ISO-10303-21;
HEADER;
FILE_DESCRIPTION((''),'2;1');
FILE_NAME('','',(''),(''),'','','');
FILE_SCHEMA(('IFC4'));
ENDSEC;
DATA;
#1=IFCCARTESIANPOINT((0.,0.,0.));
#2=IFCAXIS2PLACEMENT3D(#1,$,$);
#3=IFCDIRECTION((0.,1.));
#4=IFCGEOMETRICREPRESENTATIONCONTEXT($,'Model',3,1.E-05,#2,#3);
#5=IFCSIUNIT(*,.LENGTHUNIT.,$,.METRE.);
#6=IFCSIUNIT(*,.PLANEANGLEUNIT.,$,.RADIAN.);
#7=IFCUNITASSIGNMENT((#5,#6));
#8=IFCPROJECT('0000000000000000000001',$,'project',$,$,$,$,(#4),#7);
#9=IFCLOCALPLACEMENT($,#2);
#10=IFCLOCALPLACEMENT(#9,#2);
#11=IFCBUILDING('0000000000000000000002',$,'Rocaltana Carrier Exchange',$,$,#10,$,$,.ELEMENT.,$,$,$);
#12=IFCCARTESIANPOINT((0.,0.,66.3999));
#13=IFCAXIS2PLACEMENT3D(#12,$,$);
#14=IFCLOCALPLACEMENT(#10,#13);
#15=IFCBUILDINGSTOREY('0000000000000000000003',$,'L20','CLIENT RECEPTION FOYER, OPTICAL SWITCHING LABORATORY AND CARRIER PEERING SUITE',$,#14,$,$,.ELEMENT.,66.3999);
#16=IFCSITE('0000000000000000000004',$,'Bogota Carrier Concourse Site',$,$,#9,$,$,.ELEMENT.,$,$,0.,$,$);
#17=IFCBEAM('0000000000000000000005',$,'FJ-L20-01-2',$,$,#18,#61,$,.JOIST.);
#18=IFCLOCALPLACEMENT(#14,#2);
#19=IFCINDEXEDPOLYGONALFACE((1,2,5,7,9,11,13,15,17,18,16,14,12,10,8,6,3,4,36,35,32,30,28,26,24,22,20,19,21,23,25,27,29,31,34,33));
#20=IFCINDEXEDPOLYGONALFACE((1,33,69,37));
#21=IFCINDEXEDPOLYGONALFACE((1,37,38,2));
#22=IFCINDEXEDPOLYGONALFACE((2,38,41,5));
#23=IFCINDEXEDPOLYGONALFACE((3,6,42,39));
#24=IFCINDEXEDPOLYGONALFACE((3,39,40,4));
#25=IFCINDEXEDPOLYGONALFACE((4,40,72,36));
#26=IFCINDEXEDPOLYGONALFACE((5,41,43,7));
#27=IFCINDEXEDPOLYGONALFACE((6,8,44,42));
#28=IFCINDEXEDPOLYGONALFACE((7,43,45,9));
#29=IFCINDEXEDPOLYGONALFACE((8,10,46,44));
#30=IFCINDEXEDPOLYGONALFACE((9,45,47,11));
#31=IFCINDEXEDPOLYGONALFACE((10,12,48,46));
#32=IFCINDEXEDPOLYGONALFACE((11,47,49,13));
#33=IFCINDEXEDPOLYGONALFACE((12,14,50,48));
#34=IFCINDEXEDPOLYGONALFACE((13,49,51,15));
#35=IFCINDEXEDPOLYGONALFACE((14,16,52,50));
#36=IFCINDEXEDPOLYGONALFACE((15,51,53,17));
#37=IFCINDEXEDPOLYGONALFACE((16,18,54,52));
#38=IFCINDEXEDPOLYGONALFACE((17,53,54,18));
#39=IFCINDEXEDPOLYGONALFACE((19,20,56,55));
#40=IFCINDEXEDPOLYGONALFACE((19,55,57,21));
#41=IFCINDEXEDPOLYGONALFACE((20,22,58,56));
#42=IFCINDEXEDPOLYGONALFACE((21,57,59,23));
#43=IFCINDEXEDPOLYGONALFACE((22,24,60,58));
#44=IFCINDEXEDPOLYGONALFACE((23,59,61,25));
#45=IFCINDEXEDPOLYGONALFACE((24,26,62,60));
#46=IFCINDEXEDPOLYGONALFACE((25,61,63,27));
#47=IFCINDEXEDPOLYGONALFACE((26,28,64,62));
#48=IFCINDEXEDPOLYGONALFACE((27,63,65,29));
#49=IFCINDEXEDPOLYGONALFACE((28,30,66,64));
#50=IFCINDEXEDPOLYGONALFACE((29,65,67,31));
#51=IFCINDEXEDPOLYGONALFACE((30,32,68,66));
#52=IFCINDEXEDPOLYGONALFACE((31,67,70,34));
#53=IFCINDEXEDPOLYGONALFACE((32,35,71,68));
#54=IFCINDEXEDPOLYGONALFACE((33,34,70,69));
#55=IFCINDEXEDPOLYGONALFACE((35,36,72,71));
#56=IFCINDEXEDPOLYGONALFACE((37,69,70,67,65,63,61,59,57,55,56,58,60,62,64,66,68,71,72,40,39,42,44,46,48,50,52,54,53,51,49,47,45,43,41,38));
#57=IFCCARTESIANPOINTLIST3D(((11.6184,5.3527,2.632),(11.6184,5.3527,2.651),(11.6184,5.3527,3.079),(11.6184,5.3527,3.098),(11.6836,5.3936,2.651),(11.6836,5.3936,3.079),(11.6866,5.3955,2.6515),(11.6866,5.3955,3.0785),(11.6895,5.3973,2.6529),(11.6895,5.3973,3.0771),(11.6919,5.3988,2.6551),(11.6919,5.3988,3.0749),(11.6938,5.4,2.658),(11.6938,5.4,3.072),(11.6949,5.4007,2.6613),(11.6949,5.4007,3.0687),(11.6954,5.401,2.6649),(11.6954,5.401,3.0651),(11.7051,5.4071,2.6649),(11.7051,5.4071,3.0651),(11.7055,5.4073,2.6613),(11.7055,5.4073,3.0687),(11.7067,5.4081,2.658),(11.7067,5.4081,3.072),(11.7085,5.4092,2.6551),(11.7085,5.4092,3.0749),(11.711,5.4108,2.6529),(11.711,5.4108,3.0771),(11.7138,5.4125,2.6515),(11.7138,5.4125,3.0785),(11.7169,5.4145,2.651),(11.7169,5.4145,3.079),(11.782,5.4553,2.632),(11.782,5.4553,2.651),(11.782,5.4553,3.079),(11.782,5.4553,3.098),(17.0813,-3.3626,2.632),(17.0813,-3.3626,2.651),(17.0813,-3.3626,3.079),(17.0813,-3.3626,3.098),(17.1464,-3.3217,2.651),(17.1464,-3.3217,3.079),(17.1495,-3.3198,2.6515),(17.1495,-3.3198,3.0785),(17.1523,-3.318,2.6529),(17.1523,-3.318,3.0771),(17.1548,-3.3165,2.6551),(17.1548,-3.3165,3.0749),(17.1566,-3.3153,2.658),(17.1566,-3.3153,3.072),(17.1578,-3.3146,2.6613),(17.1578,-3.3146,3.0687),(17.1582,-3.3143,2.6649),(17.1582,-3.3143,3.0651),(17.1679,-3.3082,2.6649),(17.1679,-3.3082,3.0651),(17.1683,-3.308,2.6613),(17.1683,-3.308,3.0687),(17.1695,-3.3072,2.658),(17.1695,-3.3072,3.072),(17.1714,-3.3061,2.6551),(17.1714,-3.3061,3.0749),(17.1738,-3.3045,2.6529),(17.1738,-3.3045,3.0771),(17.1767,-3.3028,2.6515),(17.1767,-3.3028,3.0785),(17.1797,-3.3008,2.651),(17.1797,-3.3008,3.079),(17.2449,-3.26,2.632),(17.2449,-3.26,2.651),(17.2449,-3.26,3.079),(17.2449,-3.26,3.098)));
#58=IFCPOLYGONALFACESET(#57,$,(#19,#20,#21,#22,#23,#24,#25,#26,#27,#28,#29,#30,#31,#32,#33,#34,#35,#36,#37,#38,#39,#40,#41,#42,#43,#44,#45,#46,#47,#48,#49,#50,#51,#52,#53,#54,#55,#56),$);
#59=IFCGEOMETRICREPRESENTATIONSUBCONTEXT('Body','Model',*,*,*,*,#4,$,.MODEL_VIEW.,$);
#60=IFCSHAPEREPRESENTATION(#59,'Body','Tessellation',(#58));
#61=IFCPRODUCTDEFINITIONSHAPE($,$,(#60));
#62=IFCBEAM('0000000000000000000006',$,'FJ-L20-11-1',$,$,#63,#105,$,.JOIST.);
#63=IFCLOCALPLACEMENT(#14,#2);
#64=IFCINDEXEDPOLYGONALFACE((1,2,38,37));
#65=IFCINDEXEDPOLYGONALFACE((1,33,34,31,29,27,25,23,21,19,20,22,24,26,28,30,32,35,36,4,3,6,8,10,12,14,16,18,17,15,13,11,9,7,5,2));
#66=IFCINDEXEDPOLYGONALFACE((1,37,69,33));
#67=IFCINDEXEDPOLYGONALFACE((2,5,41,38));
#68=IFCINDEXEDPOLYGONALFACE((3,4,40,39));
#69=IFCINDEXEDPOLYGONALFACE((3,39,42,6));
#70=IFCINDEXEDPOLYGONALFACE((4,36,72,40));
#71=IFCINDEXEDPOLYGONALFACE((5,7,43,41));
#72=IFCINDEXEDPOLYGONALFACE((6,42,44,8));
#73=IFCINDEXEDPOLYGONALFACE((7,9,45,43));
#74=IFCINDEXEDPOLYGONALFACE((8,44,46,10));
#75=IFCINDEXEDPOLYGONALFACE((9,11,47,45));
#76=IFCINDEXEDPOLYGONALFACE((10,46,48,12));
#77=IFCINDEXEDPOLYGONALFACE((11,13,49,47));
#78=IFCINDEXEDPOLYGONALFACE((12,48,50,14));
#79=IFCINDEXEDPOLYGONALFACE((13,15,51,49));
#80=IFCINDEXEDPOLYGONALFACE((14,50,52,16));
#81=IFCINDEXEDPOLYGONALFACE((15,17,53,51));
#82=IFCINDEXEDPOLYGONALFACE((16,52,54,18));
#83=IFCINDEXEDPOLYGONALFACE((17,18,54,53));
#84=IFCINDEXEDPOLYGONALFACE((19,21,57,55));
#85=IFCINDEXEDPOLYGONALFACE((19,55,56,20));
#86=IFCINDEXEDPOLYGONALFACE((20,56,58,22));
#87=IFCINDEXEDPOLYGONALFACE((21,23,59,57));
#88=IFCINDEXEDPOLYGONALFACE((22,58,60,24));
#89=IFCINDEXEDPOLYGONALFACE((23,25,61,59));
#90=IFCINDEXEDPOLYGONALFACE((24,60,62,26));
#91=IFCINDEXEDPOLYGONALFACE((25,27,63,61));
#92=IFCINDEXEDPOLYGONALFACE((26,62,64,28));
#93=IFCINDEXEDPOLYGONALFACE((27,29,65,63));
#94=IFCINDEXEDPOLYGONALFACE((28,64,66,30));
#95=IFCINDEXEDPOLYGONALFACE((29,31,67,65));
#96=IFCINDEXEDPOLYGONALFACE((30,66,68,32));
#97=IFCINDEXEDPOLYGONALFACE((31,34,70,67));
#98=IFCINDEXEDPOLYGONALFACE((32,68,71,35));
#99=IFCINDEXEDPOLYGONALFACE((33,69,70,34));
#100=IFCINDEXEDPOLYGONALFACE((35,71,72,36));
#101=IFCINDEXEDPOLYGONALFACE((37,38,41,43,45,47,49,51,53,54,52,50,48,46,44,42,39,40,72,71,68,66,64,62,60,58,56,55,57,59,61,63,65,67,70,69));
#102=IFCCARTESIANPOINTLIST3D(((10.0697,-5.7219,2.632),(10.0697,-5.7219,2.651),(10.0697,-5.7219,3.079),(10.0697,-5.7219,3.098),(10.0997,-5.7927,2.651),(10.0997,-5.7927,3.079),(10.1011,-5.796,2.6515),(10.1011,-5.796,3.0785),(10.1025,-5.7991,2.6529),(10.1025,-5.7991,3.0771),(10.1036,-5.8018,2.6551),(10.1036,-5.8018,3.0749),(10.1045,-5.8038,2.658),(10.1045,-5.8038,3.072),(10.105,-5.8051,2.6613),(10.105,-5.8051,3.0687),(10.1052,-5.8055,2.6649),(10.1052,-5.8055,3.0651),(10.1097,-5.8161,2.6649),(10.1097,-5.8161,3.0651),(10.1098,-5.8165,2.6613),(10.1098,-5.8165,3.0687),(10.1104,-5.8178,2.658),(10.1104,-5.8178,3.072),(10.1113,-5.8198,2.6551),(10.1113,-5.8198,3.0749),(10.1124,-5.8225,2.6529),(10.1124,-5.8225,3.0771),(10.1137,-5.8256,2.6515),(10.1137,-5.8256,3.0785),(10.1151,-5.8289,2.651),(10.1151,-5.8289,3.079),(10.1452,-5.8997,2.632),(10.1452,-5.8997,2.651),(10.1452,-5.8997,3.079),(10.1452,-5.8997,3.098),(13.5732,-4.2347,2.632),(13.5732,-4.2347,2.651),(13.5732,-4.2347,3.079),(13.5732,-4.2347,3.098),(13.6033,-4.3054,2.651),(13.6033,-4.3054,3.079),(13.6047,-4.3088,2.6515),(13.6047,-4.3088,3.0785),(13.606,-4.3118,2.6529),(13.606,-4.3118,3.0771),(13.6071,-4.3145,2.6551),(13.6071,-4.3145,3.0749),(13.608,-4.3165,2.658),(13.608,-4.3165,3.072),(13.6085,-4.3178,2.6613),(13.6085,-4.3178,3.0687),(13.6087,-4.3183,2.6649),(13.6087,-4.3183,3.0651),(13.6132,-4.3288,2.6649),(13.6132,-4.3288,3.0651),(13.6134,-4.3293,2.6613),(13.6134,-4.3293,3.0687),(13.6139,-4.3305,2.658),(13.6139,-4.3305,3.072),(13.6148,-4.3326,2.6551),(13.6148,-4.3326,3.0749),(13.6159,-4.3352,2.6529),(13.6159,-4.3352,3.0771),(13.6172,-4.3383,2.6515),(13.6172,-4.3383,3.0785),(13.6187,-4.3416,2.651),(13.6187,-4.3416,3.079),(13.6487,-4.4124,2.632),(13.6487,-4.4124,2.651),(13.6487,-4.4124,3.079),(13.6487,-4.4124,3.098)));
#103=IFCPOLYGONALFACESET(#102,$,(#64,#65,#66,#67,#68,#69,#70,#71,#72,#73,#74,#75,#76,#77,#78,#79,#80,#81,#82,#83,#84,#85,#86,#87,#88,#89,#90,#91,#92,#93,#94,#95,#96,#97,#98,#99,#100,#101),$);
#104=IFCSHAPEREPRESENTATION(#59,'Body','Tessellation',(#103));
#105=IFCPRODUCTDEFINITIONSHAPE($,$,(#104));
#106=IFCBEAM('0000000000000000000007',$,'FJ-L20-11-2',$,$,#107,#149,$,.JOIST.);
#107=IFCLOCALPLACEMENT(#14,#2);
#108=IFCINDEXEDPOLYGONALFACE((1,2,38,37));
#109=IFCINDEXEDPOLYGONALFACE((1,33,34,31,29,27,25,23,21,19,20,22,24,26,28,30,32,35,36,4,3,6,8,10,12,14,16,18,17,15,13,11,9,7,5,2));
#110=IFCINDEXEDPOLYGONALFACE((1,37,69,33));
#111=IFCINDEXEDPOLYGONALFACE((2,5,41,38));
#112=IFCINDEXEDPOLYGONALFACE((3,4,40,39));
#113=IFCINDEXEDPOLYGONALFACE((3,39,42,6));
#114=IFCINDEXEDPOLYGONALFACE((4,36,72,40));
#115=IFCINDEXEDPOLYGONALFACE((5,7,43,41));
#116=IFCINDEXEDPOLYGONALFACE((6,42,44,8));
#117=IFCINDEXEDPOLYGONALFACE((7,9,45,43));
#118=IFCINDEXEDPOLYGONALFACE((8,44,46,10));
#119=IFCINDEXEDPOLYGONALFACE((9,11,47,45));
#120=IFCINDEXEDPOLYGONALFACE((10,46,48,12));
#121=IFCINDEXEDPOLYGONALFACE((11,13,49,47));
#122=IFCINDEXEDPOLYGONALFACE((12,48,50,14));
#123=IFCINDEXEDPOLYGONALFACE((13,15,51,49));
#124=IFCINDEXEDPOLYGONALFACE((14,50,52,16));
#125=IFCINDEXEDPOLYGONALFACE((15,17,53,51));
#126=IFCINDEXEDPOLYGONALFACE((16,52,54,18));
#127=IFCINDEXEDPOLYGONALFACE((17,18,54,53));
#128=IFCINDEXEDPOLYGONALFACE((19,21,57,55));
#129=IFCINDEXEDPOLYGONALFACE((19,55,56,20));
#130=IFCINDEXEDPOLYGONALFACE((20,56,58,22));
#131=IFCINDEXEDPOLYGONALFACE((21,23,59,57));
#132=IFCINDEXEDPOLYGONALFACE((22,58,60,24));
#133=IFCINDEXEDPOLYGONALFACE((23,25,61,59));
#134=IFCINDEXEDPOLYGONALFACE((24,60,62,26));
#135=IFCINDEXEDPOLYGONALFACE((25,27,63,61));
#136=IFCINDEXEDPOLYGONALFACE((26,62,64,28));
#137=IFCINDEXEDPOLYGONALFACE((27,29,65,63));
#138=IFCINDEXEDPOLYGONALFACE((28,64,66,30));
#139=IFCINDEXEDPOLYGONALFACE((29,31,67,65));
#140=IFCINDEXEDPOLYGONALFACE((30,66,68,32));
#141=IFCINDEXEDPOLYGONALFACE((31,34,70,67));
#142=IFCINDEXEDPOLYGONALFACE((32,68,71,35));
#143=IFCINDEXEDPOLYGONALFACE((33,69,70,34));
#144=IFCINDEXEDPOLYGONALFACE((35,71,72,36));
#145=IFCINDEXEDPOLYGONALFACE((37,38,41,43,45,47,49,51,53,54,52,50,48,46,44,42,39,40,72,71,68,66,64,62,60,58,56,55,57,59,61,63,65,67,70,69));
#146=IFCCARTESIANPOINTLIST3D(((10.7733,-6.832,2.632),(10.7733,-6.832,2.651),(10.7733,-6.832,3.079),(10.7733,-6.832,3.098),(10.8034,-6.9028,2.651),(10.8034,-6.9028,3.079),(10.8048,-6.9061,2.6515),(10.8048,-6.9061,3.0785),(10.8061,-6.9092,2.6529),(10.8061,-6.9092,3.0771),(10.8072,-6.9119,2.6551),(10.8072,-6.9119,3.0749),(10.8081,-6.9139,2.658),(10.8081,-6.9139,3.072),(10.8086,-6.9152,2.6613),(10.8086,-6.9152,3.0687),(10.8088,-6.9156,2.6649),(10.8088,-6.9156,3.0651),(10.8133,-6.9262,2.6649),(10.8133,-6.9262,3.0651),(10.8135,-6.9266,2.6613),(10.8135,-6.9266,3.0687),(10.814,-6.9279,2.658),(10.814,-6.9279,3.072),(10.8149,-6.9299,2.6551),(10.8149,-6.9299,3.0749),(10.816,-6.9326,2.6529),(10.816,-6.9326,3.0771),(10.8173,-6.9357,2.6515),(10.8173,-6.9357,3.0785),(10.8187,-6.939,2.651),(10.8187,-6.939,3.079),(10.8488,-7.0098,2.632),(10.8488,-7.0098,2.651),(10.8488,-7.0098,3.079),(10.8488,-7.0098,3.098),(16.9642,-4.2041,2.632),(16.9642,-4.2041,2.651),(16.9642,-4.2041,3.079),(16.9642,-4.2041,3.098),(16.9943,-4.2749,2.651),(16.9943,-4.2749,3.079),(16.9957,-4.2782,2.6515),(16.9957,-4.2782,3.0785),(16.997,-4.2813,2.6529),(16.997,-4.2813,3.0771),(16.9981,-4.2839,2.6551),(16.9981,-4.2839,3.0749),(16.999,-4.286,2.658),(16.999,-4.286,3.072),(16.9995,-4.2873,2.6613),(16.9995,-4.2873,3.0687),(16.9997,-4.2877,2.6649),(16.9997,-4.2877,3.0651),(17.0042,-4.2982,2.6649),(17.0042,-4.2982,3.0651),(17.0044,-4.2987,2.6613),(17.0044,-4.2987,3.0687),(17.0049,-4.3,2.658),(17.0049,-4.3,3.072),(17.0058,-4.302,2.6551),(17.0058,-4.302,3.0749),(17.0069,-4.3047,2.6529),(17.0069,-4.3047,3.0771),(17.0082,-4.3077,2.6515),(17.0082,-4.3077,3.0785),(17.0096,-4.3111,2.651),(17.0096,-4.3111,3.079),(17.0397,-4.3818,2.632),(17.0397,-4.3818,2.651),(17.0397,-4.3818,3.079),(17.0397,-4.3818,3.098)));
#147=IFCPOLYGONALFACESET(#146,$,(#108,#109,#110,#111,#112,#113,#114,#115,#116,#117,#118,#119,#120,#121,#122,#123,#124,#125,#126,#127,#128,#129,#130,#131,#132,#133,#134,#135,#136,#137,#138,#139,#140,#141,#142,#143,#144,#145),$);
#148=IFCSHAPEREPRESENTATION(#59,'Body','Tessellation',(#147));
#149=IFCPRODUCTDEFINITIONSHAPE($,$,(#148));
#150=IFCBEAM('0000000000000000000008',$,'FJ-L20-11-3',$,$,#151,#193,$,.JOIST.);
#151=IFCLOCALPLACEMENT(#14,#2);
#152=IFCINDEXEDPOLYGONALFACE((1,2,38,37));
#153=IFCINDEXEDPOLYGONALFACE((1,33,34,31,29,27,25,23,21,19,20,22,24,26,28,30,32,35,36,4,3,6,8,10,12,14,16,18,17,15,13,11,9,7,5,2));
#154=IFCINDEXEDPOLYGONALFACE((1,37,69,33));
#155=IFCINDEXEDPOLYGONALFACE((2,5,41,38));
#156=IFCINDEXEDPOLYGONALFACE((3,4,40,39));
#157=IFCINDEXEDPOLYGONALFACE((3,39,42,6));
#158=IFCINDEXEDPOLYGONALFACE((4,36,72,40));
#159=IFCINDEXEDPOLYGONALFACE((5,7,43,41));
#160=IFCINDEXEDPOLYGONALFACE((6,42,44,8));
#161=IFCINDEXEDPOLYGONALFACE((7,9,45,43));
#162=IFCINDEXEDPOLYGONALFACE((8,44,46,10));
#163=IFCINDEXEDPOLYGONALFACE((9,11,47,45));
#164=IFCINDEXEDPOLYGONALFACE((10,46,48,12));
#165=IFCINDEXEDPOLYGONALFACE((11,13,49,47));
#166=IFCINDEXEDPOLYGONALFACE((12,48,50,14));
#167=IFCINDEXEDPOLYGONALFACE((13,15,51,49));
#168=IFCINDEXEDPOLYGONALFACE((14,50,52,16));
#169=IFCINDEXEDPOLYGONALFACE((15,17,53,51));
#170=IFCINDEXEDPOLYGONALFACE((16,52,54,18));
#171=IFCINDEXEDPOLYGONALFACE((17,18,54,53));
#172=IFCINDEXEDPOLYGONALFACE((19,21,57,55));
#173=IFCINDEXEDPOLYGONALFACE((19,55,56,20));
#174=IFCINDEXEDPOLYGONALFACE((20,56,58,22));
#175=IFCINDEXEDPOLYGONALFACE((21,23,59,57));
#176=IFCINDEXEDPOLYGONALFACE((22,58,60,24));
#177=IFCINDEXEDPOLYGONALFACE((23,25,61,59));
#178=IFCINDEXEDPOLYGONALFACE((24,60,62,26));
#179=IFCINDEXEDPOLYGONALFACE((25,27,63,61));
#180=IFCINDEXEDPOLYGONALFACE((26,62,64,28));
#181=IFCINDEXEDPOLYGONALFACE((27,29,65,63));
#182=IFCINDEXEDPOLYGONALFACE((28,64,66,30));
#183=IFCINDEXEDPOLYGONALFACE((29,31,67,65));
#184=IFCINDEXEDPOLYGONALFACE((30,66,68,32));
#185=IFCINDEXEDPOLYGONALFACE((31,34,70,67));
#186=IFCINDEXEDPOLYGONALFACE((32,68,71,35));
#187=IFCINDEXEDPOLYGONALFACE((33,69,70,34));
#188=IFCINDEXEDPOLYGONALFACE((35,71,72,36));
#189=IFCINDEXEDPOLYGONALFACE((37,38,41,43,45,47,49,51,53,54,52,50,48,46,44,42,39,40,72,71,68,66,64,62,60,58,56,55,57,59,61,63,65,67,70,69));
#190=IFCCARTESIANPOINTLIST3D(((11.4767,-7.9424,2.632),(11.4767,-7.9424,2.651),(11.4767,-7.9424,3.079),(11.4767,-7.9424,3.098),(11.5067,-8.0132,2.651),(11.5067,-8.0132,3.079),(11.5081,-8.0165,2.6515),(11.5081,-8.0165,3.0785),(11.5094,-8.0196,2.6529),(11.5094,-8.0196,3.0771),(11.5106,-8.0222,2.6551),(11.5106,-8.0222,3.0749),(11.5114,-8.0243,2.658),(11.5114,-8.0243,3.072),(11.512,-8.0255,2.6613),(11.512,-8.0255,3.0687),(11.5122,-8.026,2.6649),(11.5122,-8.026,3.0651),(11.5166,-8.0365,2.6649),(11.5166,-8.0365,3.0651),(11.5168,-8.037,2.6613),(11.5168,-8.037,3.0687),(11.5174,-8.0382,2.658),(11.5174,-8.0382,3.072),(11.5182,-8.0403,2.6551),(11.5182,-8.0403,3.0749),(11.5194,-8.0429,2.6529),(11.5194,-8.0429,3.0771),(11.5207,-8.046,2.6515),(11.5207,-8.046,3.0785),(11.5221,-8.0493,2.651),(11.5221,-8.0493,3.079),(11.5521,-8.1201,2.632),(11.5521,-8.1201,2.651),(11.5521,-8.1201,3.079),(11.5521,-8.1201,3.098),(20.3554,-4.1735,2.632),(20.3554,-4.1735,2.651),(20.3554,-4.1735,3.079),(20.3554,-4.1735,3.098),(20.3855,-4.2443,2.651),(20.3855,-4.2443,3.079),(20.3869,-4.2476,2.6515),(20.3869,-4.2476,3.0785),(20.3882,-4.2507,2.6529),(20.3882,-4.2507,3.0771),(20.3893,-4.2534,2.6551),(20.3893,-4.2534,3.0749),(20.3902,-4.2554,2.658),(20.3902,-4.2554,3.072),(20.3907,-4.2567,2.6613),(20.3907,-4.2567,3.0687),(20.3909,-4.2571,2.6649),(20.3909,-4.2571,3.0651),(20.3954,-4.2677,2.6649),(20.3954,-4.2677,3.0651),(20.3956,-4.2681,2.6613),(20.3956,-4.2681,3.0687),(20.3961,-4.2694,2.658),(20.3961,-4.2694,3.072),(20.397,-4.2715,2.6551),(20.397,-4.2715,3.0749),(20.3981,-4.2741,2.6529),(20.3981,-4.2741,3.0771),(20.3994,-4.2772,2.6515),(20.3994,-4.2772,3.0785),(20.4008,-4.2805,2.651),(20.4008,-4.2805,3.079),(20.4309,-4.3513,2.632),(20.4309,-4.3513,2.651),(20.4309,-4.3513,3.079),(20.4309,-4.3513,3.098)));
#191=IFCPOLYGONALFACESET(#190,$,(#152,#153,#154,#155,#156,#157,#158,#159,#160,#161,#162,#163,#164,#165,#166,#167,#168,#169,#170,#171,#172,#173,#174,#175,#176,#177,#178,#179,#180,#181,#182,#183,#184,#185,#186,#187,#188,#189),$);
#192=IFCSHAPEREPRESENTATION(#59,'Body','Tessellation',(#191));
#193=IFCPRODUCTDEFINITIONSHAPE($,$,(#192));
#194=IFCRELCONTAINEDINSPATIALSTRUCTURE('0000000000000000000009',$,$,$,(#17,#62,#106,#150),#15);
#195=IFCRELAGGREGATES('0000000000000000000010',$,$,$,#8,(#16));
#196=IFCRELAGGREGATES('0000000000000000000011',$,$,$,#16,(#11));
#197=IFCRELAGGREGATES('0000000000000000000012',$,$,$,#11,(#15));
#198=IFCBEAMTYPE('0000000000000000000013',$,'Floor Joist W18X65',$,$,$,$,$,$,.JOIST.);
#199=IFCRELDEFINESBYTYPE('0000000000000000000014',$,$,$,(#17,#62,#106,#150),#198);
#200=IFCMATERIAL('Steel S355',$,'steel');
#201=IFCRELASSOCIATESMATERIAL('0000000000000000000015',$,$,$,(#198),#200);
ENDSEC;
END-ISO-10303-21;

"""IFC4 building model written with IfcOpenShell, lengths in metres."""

from ifc_helpers import new_model, si_unit, direction, frame, origin, origin_2d, place, context, subcontext, project, spatial, i_section, extrude, material, material_profile, profile_set, type_object, element, save


model = new_model("IFC4")

# Units and contexts
model_context = context("Model", 3, precision=1e-05, world=origin(), true_north=direction((0.0, 1.0)))
body_context = subcontext(model_context, "Body", "Model", "MODEL_VIEW")
ifc_project = project(units=[si_unit("LENGTHUNIT", "METRE"), si_unit("PLANEANGLEUNIT", "RADIAN")], contexts=[model_context])

# Site, building, storey
site_placement = place(None, origin())
site = spatial("IfcSite", under=ifc_project, at=site_placement, Name="Bogota Carrier Concourse Site", CompositionType="ELEMENT", RefElevation=0.0)
building_placement = place(site_placement, origin())
building = spatial("IfcBuilding", under=site, at=building_placement, Name="Rocaltana Carrier Exchange", CompositionType="ELEMENT")
storey_placement = place(building_placement, frame((0.0, 0.0, 66.3999)))
storey = spatial("IfcBuildingStorey", under=building, at=storey_placement, Name="L20", Description="CLIENT RECEPTION FOYER, OPTICAL SWITCHING LABORATORY AND CARRIER PEERING SUITE", CompositionType="ELEMENT", Elevation=66.3999)

# Beams
ifc_material_1 = material(Name="Steel S355", Category="steel")
ifc_material_profile_1 = material_profile(ifc_material_1, i_section(OverallWidth=0.1931, OverallDepth=0.4661, WebThickness=0.0115, FlangeThickness=0.019, FilletRadius=0.0139, at=origin_2d()), Name="W18X65")
ifc_profile_set_1 = profile_set([ifc_material_profile_1], Name="Steel S355")
beam_type_1 = type_object("IfcBeamType", Name="Floor Joist W18X65", PredefinedType="JOIST", material=ifc_profile_set_1)
beam_1_placement = place(storey_placement, frame((17.1631, -3.3113, 2.865), z_axis=(-0.531104, 0.847307, 0.0), x_axis=(-0.847307, -0.531104, 0.0)))
element("IfcBeam", 1, at=beam_1_placement, inside=storey, type_object=beam_type_1, Name="FJ-L20-01-2", PredefinedType="JOIST", context=body_context, shape_type="SweptSolid", body=[
    extrude(i_section(OverallWidth=0.1931, OverallDepth=0.4661, WebThickness=0.0115, FlangeThickness=0.019, FilletRadius=0.0139, at=origin_2d()), origin(), (0.0, 0.0, 1.0), 10.2859),
])
beam_2_placement = place(storey_placement, frame((10.1074, -5.8108, 2.865), z_axis=(0.920497, 0.390751, 0.0), x_axis=(-0.390751, 0.920497, 0.0)))
element("IfcBeam", 2, at=beam_2_placement, inside=storey, type_object=beam_type_1, Name="FJ-L20-11-1", PredefinedType="JOIST", context=body_context, shape_type="SweptSolid", body=[
    extrude(i_section(OverallWidth=0.1931, OverallDepth=0.4661, WebThickness=0.0115, FlangeThickness=0.019, FilletRadius=0.0139, at=origin_2d()), origin(), (0.0, 0.0, 1.0), 3.8062),
])
beam_3_placement = place(storey_placement, frame((10.811, -6.9209, 2.865), z_axis=(0.920503, 0.390736, 0.0), x_axis=(-0.390736, 0.920503, 0.0)))
element("IfcBeam", 3, at=beam_3_placement, inside=storey, type_object=beam_type_1, Name="FJ-L20-11-2", PredefinedType="JOIST", context=body_context, shape_type="SweptSolid", body=[
    extrude(i_section(OverallWidth=0.1931, OverallDepth=0.4661, WebThickness=0.0115, FlangeThickness=0.019, FilletRadius=0.0139, at=origin_2d()), origin(), (0.0, 0.0, 1.0), 6.7256),
])
beam_4_placement = place(storey_placement, frame((11.5144, -8.0312, 2.865), z_axis=(0.920504, 0.390734, 0.0), x_axis=(-0.390734, 0.920504, 0.0)))
element("IfcBeam", 4, at=beam_4_placement, inside=storey, type_object=beam_type_1, Name="FJ-L20-11-3", PredefinedType="JOIST", context=body_context, shape_type="SweptSolid", body=[
    extrude(i_section(OverallWidth=0.1931, OverallDepth=0.4661, WebThickness=0.0115, FlangeThickness=0.019, FilletRadius=0.0139, at=origin_2d()), origin(), (0.0, 0.0, 1.0), 9.6455),
])

save(model, "model.ifc")
